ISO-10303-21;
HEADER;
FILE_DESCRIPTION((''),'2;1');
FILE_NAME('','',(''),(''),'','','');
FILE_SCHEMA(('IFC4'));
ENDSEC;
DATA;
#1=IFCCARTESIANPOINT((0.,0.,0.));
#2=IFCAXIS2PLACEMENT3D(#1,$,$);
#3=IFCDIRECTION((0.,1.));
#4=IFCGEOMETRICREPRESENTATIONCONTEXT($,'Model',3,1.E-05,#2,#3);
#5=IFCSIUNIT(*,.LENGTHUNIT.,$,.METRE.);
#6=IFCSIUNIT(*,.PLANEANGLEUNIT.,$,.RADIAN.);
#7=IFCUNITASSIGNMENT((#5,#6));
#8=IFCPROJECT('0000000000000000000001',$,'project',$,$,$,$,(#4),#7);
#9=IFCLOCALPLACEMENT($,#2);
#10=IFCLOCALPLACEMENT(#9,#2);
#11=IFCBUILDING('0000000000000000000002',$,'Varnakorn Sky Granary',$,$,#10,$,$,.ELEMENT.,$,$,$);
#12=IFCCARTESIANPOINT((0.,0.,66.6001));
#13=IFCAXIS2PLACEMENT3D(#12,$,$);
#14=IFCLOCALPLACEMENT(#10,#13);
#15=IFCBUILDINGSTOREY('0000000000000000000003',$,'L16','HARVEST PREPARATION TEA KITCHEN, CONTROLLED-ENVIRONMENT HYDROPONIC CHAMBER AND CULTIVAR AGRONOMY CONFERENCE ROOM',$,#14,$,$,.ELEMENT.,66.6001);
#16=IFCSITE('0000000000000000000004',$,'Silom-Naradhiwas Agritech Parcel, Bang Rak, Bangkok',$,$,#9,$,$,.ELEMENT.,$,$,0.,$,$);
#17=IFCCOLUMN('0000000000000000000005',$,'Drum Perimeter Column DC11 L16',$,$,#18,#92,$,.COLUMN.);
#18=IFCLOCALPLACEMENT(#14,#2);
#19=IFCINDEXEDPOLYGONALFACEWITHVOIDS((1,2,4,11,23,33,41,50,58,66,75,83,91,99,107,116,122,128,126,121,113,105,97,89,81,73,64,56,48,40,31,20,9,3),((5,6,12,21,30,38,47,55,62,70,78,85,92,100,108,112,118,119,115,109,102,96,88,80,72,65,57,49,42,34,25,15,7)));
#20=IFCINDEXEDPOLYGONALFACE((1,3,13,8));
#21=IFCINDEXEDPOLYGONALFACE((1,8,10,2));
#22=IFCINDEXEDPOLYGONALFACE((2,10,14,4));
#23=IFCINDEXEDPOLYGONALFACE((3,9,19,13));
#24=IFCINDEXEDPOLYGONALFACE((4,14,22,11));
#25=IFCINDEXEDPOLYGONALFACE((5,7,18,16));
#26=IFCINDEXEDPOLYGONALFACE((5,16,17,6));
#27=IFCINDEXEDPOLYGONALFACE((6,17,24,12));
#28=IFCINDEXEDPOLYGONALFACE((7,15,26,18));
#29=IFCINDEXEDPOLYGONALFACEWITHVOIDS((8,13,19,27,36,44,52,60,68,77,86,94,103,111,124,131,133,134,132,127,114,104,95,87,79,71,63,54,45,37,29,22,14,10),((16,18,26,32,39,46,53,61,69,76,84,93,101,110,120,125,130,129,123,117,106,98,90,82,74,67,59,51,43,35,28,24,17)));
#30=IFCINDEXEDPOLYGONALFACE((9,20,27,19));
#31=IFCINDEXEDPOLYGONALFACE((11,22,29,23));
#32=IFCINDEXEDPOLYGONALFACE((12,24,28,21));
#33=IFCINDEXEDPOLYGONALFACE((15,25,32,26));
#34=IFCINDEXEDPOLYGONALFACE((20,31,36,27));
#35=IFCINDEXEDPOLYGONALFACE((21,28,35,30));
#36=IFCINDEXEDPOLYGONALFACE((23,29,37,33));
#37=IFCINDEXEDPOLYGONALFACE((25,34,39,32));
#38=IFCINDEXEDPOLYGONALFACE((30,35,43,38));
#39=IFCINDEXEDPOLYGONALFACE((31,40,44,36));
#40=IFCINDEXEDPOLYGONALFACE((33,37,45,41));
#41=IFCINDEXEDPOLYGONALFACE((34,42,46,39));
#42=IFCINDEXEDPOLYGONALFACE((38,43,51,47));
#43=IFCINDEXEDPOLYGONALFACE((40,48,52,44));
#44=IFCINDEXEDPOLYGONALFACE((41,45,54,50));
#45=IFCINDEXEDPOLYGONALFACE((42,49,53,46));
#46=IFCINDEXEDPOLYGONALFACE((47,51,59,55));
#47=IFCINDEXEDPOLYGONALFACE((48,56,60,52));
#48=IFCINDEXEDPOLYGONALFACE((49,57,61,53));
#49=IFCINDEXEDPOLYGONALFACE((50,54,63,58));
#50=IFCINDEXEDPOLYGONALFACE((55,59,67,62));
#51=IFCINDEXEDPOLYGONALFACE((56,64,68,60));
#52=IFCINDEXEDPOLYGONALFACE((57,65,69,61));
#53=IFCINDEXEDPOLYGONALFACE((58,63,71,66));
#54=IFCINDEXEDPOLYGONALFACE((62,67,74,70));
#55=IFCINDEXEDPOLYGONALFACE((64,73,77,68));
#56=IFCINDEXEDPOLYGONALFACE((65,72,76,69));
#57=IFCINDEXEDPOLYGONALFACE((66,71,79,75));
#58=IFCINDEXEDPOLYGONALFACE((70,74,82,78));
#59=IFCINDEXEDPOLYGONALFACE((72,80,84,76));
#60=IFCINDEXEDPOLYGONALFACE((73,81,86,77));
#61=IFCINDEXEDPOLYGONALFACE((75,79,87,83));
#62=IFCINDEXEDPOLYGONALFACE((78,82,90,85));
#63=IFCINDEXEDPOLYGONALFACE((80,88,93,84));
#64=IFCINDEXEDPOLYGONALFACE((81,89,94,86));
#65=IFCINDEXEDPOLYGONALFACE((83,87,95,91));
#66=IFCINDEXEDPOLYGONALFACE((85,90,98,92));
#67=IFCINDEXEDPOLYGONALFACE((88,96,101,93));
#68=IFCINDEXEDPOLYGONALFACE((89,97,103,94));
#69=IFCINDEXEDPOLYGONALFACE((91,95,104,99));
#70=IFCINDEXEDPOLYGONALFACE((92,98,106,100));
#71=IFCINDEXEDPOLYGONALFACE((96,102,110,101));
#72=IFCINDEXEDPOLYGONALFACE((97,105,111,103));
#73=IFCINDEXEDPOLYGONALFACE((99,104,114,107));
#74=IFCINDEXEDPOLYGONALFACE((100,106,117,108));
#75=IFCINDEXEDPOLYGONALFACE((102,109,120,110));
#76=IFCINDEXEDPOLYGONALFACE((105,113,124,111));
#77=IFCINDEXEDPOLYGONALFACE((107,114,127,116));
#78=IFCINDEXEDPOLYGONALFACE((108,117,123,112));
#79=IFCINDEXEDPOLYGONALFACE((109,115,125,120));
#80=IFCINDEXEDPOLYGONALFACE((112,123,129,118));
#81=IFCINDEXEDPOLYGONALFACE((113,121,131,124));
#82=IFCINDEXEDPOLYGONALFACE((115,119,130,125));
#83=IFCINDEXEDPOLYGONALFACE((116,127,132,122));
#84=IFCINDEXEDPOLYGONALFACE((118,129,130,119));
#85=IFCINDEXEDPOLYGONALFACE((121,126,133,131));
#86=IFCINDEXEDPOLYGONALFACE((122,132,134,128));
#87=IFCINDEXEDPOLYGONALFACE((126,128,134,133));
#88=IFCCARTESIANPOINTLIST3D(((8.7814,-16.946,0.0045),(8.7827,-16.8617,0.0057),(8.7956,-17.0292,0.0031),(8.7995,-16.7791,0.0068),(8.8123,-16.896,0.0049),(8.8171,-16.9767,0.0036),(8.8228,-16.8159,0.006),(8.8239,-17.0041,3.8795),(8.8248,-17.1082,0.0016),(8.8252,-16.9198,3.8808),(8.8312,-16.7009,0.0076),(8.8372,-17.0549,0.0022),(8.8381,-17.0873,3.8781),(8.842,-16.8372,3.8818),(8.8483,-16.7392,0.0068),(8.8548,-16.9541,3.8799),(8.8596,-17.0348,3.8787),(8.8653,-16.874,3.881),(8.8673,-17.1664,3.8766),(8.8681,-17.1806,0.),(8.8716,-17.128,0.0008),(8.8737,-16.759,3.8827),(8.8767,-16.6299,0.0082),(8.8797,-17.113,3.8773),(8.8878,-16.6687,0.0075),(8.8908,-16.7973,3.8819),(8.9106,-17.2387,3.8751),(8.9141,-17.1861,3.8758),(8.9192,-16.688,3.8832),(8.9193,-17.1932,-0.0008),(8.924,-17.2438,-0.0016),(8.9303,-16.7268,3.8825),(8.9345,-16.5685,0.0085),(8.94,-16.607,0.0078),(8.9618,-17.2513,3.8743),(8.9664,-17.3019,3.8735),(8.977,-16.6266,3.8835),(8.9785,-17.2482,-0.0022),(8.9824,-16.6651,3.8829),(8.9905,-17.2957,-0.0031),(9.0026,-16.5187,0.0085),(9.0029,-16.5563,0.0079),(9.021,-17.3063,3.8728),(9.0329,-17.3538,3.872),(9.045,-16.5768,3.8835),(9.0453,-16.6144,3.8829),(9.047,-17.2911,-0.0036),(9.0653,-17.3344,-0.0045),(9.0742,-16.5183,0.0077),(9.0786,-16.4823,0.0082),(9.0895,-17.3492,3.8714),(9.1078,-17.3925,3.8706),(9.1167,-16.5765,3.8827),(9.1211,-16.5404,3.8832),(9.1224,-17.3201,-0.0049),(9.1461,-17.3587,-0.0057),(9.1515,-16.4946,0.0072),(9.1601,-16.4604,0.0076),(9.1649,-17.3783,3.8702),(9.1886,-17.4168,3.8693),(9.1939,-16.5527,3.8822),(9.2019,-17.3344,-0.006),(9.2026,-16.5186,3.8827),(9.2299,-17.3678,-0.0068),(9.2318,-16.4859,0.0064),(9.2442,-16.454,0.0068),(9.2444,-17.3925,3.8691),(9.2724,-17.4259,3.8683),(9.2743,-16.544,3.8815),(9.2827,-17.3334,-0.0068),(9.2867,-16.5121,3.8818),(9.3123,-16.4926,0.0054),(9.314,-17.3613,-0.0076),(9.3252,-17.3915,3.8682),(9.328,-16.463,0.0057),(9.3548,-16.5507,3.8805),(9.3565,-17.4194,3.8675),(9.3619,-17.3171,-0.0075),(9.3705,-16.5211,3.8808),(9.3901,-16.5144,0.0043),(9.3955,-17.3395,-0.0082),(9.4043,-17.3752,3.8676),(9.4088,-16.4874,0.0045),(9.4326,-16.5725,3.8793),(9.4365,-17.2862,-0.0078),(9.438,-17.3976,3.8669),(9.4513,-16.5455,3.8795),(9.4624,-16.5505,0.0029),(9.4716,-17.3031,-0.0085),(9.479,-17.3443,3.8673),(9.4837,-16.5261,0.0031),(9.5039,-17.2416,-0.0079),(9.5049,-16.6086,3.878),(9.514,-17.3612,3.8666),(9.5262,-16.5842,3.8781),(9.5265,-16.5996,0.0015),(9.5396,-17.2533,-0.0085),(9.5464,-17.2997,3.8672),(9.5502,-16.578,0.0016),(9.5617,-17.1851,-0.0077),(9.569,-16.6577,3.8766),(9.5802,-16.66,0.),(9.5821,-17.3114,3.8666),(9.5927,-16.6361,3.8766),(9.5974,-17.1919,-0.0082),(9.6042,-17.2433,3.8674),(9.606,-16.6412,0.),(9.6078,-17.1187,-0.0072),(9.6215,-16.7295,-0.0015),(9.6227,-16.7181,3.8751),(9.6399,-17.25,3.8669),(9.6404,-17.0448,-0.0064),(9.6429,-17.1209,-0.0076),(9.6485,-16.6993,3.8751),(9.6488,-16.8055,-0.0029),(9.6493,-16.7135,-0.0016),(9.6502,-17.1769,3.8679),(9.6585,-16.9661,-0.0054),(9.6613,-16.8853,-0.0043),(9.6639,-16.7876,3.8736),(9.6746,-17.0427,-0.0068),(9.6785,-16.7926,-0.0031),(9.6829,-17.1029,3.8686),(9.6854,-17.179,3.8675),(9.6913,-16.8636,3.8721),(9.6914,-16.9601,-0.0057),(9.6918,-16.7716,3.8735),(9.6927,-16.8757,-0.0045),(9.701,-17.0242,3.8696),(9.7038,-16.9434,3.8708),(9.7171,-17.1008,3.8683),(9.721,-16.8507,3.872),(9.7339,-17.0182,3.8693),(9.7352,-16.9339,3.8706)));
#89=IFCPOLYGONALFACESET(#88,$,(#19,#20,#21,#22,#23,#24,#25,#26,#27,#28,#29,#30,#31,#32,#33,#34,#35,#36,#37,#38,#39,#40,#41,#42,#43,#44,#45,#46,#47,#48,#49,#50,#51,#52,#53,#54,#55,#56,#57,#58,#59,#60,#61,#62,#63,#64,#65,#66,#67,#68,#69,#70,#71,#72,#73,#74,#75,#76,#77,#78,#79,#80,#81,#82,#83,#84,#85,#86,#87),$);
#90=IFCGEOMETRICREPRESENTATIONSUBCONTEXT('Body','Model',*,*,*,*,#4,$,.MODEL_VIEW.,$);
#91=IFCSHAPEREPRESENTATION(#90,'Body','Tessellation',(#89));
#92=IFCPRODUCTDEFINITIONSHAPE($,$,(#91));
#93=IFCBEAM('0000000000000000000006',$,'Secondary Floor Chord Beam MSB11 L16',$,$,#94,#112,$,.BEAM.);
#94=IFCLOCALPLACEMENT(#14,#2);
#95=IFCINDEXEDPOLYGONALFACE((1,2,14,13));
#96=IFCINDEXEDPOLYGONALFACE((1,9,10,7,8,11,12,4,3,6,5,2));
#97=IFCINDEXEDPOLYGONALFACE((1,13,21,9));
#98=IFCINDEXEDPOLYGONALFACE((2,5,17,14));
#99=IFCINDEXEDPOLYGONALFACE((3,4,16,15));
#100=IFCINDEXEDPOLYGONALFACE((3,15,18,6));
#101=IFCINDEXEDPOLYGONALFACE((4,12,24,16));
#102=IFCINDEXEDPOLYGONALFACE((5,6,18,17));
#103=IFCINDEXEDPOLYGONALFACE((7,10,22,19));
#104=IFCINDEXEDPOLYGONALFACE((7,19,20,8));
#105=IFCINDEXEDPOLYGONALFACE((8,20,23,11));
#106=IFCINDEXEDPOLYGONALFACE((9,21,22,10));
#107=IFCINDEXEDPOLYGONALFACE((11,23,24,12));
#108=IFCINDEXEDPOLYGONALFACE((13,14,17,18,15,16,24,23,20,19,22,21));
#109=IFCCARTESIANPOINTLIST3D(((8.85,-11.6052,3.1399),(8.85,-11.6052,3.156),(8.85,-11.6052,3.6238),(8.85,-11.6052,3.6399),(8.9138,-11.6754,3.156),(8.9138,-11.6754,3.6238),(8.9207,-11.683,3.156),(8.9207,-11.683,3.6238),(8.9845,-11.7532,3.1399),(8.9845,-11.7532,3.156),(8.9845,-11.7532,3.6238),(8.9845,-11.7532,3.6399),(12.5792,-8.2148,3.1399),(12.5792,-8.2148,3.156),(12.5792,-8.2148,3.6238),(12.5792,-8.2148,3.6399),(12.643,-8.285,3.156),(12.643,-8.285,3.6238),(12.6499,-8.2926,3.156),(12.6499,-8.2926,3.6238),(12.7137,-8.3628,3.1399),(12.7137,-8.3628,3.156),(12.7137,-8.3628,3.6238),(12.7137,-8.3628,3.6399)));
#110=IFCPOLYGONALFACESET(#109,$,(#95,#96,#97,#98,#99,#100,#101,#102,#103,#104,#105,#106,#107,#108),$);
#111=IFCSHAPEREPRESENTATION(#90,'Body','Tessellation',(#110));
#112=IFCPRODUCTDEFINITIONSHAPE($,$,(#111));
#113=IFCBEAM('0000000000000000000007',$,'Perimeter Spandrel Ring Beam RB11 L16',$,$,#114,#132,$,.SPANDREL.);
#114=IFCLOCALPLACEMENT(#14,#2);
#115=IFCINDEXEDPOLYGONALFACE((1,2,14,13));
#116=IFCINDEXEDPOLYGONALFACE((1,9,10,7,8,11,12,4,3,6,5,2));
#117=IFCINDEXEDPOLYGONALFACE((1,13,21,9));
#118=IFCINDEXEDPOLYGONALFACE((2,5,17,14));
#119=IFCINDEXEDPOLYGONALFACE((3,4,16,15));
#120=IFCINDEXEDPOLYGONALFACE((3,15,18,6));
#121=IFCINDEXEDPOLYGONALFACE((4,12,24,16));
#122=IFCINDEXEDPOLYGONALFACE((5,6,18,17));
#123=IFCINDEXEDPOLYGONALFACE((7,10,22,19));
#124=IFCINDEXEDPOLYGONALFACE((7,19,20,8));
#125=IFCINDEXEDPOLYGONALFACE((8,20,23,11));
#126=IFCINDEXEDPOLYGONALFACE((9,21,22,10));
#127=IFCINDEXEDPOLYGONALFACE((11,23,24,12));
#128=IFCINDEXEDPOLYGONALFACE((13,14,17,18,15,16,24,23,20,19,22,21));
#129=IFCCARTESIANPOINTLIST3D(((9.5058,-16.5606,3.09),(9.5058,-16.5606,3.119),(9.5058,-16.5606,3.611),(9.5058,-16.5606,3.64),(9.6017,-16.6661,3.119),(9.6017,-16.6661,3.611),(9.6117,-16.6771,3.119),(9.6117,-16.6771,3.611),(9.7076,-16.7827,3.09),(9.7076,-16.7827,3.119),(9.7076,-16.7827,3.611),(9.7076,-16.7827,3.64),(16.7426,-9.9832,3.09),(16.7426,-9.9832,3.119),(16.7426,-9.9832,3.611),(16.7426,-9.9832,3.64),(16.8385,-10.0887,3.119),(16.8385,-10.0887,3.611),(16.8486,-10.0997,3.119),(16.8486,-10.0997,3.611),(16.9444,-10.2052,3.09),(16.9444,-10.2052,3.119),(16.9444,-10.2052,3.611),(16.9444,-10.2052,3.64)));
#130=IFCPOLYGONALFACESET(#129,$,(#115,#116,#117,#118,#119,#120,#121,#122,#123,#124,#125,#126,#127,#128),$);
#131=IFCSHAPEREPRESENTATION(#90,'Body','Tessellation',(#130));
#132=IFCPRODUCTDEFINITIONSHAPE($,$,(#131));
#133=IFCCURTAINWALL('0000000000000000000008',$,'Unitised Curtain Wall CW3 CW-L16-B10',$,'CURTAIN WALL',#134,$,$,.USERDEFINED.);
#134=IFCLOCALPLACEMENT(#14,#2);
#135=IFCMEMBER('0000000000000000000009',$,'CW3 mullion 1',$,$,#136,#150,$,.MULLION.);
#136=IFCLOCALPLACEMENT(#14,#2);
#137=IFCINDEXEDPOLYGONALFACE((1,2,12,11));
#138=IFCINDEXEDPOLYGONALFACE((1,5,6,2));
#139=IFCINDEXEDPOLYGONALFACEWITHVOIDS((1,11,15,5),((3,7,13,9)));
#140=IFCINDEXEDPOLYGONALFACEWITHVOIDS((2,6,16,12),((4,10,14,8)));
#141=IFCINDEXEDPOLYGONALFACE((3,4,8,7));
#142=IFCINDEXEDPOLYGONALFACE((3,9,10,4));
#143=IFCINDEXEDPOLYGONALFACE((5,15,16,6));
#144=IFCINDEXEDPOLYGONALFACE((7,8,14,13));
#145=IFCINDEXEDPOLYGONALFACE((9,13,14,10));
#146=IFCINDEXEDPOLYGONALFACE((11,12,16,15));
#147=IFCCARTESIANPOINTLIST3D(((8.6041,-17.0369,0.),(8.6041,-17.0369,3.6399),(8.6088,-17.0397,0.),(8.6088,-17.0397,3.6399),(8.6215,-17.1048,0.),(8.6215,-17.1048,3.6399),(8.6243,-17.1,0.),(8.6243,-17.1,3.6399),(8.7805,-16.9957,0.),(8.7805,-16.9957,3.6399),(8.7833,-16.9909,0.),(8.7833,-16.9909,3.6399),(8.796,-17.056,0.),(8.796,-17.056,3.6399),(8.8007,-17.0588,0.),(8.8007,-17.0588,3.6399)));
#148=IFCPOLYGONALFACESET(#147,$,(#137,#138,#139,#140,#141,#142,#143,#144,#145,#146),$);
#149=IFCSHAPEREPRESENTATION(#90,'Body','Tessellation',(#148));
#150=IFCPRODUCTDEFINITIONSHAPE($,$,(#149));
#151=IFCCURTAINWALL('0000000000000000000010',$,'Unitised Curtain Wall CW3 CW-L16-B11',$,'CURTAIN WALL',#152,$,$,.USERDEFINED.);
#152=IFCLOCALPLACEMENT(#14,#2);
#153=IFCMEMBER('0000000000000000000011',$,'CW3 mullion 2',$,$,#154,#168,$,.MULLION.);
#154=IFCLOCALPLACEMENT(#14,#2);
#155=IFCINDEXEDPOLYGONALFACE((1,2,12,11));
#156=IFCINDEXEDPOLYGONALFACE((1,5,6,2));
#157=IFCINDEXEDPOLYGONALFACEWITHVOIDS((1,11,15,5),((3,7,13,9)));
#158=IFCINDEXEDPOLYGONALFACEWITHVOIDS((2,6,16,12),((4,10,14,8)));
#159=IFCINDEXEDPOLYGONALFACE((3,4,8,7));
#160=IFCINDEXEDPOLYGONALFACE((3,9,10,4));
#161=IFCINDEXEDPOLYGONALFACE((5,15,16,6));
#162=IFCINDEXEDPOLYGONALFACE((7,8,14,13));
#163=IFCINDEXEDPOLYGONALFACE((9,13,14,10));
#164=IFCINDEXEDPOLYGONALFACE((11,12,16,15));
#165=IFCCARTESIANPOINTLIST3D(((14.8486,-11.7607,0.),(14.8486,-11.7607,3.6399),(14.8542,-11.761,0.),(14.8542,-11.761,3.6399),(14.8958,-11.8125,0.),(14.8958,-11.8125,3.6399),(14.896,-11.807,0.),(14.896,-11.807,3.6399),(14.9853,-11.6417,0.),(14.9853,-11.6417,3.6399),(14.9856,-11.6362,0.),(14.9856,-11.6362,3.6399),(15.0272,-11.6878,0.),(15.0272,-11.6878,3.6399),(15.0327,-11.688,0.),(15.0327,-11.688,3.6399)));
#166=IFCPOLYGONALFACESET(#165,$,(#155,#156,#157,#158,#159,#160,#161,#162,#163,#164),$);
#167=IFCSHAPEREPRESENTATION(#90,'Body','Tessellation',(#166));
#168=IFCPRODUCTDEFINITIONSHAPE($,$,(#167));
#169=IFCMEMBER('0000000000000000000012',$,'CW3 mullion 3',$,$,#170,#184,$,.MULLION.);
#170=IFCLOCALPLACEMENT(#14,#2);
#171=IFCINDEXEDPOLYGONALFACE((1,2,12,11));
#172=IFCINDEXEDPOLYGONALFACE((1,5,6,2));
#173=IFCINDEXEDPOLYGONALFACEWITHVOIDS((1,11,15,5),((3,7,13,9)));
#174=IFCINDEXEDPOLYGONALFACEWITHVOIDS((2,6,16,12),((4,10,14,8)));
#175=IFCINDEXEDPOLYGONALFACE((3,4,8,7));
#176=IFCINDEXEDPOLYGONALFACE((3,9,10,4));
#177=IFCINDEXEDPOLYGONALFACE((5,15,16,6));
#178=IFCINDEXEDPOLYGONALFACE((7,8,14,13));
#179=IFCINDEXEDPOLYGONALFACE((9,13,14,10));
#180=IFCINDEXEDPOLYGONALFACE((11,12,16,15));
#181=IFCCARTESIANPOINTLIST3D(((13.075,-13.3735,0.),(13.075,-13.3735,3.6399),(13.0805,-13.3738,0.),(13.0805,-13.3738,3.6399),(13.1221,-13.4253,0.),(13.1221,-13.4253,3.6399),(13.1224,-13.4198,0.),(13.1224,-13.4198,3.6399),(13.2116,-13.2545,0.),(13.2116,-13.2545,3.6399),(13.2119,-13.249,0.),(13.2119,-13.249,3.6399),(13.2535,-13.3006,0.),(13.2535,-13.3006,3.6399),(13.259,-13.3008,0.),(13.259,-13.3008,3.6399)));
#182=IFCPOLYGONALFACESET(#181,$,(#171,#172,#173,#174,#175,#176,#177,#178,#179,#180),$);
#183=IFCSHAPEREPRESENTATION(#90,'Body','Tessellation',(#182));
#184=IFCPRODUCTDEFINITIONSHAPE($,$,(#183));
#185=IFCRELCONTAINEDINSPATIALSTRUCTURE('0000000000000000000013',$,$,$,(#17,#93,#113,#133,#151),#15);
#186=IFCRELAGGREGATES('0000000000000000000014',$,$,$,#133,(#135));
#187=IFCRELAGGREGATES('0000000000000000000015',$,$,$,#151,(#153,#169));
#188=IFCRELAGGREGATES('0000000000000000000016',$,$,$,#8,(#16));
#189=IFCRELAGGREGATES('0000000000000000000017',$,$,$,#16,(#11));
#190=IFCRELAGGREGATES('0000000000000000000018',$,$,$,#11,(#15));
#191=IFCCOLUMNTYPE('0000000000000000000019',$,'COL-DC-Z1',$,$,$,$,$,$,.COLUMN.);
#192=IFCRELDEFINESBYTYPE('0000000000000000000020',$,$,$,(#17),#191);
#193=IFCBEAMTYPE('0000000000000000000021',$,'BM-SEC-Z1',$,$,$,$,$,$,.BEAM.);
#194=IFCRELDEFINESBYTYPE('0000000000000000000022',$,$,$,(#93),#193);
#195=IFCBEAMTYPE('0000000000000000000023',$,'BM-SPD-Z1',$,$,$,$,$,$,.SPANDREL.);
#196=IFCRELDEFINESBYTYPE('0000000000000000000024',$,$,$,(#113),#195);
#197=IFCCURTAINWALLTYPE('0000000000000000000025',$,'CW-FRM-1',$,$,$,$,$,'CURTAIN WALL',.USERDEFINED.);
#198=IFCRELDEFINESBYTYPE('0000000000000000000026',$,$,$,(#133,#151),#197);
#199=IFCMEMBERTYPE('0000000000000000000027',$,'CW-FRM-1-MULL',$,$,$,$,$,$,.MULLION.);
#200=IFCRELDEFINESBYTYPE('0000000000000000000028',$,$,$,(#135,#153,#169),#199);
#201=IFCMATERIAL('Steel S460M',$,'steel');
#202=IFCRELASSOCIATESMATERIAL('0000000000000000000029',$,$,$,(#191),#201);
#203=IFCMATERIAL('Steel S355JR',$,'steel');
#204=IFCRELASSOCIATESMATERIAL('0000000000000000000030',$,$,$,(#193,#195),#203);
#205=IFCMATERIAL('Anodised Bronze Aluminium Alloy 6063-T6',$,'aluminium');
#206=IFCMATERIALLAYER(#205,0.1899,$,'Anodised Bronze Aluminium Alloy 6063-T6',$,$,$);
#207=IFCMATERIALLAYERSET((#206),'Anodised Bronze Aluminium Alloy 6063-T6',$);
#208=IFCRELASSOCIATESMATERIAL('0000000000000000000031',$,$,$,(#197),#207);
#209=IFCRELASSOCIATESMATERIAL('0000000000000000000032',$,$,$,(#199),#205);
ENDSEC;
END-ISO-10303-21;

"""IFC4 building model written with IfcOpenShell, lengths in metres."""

from ifc_helpers import new_model, si_unit, direction, frame, origin, origin_2d, place, context, subcontext, project, spatial, hollow_rectangle, hollow_circle, i_section, extrude, material, layer, layer_set, material_profile, profile_set, type_object, element, aggregate, save


model = new_model("IFC4")

# Units and contexts
model_context = context("Model", 3, precision=1e-05, world=origin(), true_north=direction((0.0, 1.0)))
body_context = subcontext(model_context, "Body", "Model", "MODEL_VIEW")
ifc_project = project(units=[si_unit("LENGTHUNIT", "METRE"), si_unit("PLANEANGLEUNIT", "RADIAN")], contexts=[model_context])

# Site, building, storey
site_placement = place(None, origin())
site = spatial("IfcSite", under=ifc_project, at=site_placement, Name="Silom-Naradhiwas Agritech Parcel, Bang Rak, Bangkok", CompositionType="ELEMENT", RefElevation=0.0)
building_placement = place(site_placement, origin())
building = spatial("IfcBuilding", under=site, at=building_placement, Name="Varnakorn Sky Granary", CompositionType="ELEMENT")
storey_placement = place(building_placement, frame((0.0, 0.0, 66.6001)))
storey = spatial("IfcBuildingStorey", under=building, at=storey_placement, Name="L16", Description="HARVEST PREPARATION TEA KITCHEN, CONTROLLED-ENVIRONMENT HYDROPONIC CHAMBER AND CULTIVAR AGRONOMY CONFERENCE ROOM", CompositionType="ELEMENT", Elevation=66.6001)

# Column
ifc_material_1 = material(Name="Steel S460M", Category="steel")
ifc_material_profile_1 = material_profile(ifc_material_1, hollow_circle(Radius=0.457, WallThickness=0.032, at=origin_2d()), Name="CHS 914x32")
ifc_profile_set_1 = profile_set([ifc_material_profile_1], Name="Steel S460M")
column_type = type_object("IfcColumnType", Name="COL-DC-Z1", PredefinedType="COLUMN", material=ifc_profile_set_1)
column_placement = place(storey_placement, frame((9.2371, -16.9109, 0.0), z_axis=(0.010961, -0.014992, 0.999828), x_axis=(0.807267, 0.590187, 0.0)))
element("IfcColumn", 1, at=column_placement, inside=storey, type_object=column_type, Name="Drum Perimeter Column DC11 L16", PredefinedType="COLUMN", context=body_context, shape_type="SweptSolid", body=[
    extrude(hollow_circle(Radius=0.457, WallThickness=0.032, at=origin_2d()), origin(), (0.0, 0.0, 1.0), 3.8757),
])

# Beams
ifc_material_2 = material(Name="Steel S355JR", Category="steel")
ifc_material_profile_2 = material_profile(ifc_material_2, i_section(OverallWidth=0.2, OverallDepth=0.5, WebThickness=0.0103, FlangeThickness=0.0161, at=origin_2d()), Name="IPE 500")
ifc_profile_set_2 = profile_set([ifc_material_profile_2], Name="Steel S355JR")
beam_type_1 = type_object("IfcBeamType", Name="BM-SEC-Z1", PredefinedType="BEAM", material=ifc_profile_set_2)
beam_1_placement = place(storey_placement, frame((8.9172, -11.6792, 3.3899), z_axis=(0.739925, 0.67269, 0.0), x_axis=(-0.67269, 0.739925, 0.0)))
element("IfcBeam", 2, at=beam_1_placement, inside=storey, type_object=beam_type_1, Name="Secondary Floor Chord Beam MSB11 L16", PredefinedType="BEAM", context=body_context, shape_type="SweptSolid", body=[
    extrude(i_section(OverallWidth=0.2, OverallDepth=0.5, WebThickness=0.0103, FlangeThickness=0.0161, at=origin_2d()), origin(), (0.0, 0.0, 1.0), 5.04),
])
ifc_material_profile_3 = material_profile(ifc_material_2, i_section(OverallWidth=0.3, OverallDepth=0.55, WebThickness=0.0149, FlangeThickness=0.0291, at=origin_2d()), Name="HE 550 B")
ifc_profile_set_3 = profile_set([ifc_material_profile_3], Name="Steel S355JR")
beam_type_2 = type_object("IfcBeamType", Name="BM-SPD-Z1", PredefinedType="SPANDREL", material=ifc_profile_set_3)
beam_2_placement = place(storey_placement, frame((9.6067, -16.6716, 3.365), z_axis=(0.740018, 0.672587, 0.0), x_axis=(-0.672587, 0.740018, 0.0)))
element("IfcBeam", 3, at=beam_2_placement, inside=storey, type_object=beam_type_2, Name="Perimeter Spandrel Ring Beam RB11 L16", PredefinedType="SPANDREL", context=body_context, shape_type="SweptSolid", body=[
    extrude(i_section(OverallWidth=0.3, OverallDepth=0.55, WebThickness=0.0149, FlangeThickness=0.0291, at=origin_2d()), origin(), (0.0, 0.0, 1.0), 9.7793),
])

# Curtain wall, member
ifc_material_3 = material(Name="Anodised Bronze Aluminium Alloy 6063-T6", Category="aluminium")
ifc_layer_1 = layer(ifc_material_3, 0.1899, Name="Anodised Bronze Aluminium Alloy 6063-T6")
ifc_layer_set_1 = layer_set([ifc_layer_1], Name="Anodised Bronze Aluminium Alloy 6063-T6")
curtain_wall_type = type_object("IfcCurtainWallType", Name="CW-FRM-1", ElementType="CURTAIN WALL", PredefinedType="USERDEFINED", material=ifc_layer_set_1)
curtain_wall_1_placement = place(storey_placement, origin())
curtain_wall_1 = element("IfcCurtainWall", 4, at=curtain_wall_1_placement, inside=storey, type_object=curtain_wall_type, Name="Unitised Curtain Wall CW3 CW-L16-B10", ObjectType="CURTAIN WALL", PredefinedType="USERDEFINED")
ifc_material_profile_4 = material_profile(ifc_material_3, hollow_rectangle(XDim=0.0701, YDim=0.1851, WallThickness=0.0039, at=origin_2d()), Name="ALU MULL 70x185")
ifc_profile_set_4 = profile_set([ifc_material_profile_4], Name="Anodised Bronze Aluminium Alloy 6063-T6")
member_type_1 = type_object("IfcMemberType", Name="CW-FRM-1-MULL", PredefinedType="MULLION", material=ifc_profile_set_4)
member_1_placement = place(storey_placement, frame((8.7024, -17.0479, 0.0), z_axis=(0.0, 0.0, 1.0), x_axis=(0.248211, -0.968706, 0.0)))
member_1 = element("IfcMember", 5, at=member_1_placement, type_object=member_type_1, Name="CW3 mullion 1", PredefinedType="MULLION", context=body_context, shape_type="SweptSolid", body=[
    extrude(hollow_rectangle(XDim=0.0701, YDim=0.1851, WallThickness=0.0039, at=origin_2d()), origin(), (0.0, 0.0, 1.0), 3.6399),
])

# Curtain wall, members
curtain_wall_2_placement = place(storey_placement, origin())
curtain_wall_2 = element("IfcCurtainWall", 6, at=curtain_wall_2_placement, inside=storey, type_object=curtain_wall_type, Name="Unitised Curtain Wall CW3 CW-L16-B11", ObjectType="CURTAIN WALL", PredefinedType="USERDEFINED")
member_2_placement = place(storey_placement, frame((14.9407, -11.7244, 0.0), z_axis=(0.0, 0.0, 1.0), x_axis=(0.672776, -0.739847, 0.0)))
member_2 = element("IfcMember", 7, at=member_2_placement, type_object=member_type_1, Name="CW3 mullion 2", PredefinedType="MULLION", context=body_context, shape_type="SweptSolid", body=[
    extrude(hollow_rectangle(XDim=0.0701, YDim=0.1851, WallThickness=0.0039, at=origin_2d()), origin(), (0.0, 0.0, 1.0), 3.6399),
])
member_3_placement = place(storey_placement, frame((13.167, -13.3372, 0.0), z_axis=(0.0, 0.0, 1.0), x_axis=(0.672776, -0.739847, 0.0)))
member_3 = element("IfcMember", 8, at=member_3_placement, type_object=member_type_1, Name="CW3 mullion 3", PredefinedType="MULLION", context=body_context, shape_type="SweptSolid", body=[
    extrude(hollow_rectangle(XDim=0.0701, YDim=0.1851, WallThickness=0.0039, at=origin_2d()), origin(), (0.0, 0.0, 1.0), 3.6399),
])

aggregate(curtain_wall_1, [member_1])

aggregate(curtain_wall_2, [member_2, member_3])

save(model, "model.ifc")
